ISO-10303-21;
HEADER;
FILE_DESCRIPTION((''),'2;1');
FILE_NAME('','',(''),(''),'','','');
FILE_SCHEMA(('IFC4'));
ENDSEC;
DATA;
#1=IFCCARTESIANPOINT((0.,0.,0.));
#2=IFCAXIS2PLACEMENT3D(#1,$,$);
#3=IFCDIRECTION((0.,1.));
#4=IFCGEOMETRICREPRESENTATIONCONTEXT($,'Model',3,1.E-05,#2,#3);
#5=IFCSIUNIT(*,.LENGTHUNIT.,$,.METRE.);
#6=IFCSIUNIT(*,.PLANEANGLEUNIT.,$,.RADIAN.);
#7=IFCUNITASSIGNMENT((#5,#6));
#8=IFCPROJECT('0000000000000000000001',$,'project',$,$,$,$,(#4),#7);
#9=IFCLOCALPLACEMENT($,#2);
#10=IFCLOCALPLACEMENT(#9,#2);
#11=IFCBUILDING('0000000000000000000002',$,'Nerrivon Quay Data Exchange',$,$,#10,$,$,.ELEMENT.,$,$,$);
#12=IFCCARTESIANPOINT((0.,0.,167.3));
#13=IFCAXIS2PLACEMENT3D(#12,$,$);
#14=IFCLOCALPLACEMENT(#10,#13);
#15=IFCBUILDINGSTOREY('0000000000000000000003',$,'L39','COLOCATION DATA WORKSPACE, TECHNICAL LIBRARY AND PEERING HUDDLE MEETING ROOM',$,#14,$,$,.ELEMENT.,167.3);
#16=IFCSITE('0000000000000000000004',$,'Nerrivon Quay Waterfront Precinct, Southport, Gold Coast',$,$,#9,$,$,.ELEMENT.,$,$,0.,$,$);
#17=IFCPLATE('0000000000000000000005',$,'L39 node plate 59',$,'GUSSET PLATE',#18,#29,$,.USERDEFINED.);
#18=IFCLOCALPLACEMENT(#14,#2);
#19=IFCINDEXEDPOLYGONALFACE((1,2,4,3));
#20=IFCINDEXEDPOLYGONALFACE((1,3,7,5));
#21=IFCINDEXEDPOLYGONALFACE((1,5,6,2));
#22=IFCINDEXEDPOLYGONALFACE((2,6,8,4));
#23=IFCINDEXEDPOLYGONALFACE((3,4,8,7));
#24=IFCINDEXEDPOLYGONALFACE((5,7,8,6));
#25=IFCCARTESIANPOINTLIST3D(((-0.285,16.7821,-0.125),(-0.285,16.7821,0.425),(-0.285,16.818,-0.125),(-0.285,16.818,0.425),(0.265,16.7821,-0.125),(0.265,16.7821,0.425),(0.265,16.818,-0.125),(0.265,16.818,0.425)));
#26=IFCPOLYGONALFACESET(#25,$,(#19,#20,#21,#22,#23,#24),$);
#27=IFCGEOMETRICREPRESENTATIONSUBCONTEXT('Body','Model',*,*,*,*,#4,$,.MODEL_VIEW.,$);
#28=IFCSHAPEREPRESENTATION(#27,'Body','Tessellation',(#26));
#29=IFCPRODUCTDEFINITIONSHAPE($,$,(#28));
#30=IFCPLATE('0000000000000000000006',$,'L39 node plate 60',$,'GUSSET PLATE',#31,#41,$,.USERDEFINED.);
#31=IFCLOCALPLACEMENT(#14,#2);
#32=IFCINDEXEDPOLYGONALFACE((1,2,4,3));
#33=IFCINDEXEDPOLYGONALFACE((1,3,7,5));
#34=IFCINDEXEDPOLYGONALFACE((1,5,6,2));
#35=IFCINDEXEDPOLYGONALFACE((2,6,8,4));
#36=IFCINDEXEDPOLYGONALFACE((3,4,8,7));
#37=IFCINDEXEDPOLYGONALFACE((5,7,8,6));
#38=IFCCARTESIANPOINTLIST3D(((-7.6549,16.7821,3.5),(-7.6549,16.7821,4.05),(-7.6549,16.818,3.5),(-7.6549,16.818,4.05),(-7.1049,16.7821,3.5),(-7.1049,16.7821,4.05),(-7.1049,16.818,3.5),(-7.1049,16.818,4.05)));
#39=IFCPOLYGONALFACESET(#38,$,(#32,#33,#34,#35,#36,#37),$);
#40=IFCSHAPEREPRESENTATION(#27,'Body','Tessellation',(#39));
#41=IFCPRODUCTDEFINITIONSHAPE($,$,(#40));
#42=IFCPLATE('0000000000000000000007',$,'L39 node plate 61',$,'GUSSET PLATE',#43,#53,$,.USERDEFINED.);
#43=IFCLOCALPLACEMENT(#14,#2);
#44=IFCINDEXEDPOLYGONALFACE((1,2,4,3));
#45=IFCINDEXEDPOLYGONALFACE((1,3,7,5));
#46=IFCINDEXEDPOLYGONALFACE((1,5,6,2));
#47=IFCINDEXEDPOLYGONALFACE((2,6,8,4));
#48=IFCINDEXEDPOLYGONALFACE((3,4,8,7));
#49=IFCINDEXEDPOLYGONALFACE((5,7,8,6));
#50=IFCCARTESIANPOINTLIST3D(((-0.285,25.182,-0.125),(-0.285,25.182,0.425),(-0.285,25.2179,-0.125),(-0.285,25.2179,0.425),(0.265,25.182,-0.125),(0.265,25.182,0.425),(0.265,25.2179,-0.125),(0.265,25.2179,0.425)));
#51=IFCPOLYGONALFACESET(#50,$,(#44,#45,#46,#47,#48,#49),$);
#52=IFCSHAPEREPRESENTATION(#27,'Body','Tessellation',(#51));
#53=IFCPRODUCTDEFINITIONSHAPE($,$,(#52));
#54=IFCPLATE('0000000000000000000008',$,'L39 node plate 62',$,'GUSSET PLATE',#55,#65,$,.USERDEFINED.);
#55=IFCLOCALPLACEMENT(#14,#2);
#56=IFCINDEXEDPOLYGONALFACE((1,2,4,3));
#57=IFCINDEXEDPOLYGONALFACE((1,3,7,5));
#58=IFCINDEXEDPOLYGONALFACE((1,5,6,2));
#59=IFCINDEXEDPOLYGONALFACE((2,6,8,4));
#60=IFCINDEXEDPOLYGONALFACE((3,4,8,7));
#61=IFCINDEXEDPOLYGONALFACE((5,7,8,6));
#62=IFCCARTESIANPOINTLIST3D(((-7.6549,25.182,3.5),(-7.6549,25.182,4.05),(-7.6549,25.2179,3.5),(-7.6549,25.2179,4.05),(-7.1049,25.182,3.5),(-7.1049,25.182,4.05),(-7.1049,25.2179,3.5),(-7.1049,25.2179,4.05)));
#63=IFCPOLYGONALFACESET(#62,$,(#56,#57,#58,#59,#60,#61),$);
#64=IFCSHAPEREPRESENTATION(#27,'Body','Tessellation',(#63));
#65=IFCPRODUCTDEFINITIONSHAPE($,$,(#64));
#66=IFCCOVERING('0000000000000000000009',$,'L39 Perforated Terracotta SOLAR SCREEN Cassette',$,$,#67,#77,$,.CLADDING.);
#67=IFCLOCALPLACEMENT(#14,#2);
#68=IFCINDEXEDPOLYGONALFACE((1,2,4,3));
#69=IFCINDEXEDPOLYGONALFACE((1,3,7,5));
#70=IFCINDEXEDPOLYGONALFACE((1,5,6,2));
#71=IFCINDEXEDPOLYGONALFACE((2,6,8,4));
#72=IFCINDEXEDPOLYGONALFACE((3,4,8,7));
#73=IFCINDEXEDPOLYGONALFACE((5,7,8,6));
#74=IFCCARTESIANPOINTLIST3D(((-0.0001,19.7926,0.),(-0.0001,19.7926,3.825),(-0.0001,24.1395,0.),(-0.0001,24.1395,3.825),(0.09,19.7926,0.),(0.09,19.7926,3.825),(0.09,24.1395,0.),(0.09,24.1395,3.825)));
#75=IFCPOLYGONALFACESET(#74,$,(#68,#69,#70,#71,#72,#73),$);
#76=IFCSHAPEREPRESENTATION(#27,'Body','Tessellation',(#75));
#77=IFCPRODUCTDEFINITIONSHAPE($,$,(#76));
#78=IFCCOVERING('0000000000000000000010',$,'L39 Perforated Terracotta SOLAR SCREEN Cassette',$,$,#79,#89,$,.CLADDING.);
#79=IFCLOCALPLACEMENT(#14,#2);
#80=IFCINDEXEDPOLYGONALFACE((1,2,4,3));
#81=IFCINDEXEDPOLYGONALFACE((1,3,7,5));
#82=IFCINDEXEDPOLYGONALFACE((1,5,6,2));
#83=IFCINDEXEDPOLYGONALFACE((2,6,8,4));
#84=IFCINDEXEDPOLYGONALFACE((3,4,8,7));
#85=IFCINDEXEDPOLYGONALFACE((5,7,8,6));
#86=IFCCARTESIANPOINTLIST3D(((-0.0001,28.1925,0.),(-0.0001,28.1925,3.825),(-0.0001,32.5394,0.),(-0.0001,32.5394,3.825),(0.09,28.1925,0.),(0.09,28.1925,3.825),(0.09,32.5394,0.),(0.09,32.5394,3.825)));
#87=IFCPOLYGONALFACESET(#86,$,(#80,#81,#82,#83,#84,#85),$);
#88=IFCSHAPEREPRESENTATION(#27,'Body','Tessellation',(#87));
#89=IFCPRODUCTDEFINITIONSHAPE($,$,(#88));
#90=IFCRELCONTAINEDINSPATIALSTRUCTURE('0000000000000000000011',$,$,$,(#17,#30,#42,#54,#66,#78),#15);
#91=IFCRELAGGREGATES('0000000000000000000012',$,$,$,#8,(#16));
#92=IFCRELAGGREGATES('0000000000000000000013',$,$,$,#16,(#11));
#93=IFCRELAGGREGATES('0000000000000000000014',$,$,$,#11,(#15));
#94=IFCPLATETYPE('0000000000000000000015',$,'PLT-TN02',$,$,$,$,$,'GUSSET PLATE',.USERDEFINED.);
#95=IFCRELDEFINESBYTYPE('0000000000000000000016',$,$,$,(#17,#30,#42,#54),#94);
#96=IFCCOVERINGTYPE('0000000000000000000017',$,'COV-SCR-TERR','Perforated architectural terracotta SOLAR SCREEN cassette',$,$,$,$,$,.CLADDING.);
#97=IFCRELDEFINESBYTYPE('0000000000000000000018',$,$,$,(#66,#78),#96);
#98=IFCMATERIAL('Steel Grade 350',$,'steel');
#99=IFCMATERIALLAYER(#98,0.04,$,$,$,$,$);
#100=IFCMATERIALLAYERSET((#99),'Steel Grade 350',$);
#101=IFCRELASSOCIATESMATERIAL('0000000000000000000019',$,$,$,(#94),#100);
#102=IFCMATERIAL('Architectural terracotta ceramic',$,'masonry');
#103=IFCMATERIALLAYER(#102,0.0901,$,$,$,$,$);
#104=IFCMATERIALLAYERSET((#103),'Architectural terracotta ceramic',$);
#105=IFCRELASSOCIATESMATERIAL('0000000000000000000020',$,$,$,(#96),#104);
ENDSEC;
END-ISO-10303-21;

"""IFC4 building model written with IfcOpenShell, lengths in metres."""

from ifc_helpers import new_model, si_unit, direction, frame, origin, origin_2d, place, context, subcontext, project, spatial, rectangle, extrude, material, layer, layer_set, type_object, element, save


model = new_model("IFC4")

# Units and contexts
model_context = context("Model", 3, precision=1e-05, world=origin(), true_north=direction((0.0, 1.0)))
body_context = subcontext(model_context, "Body", "Model", "MODEL_VIEW")
ifc_project = project(units=[si_unit("LENGTHUNIT", "METRE"), si_unit("PLANEANGLEUNIT", "RADIAN")], contexts=[model_context])

# Site, building, storey
site_placement = place(None, origin())
site = spatial("IfcSite", under=ifc_project, at=site_placement, Name="Nerrivon Quay Waterfront Precinct, Southport, Gold Coast", CompositionType="ELEMENT", RefElevation=0.0)
building_placement = place(site_placement, origin())
building = spatial("IfcBuilding", under=site, at=building_placement, Name="Nerrivon Quay Data Exchange", CompositionType="ELEMENT")
storey_placement = place(building_placement, frame((0.0, 0.0, 167.3)))
storey = spatial("IfcBuildingStorey", under=building, at=storey_placement, Name="L39", Description="COLOCATION DATA WORKSPACE, TECHNICAL LIBRARY AND PEERING HUDDLE MEETING ROOM", CompositionType="ELEMENT", Elevation=167.3)

# Shared definitions
ifc_material_1 = material(Name="Steel Grade 350", Category="steel")

# Plates
ifc_layer_1 = layer(ifc_material_1, 0.04)
ifc_layer_set_1 = layer_set([ifc_layer_1], Name="Steel Grade 350")
plate_type_1 = type_object("IfcPlateType", Name="PLT-TN02", ElementType="GUSSET PLATE", PredefinedType="USERDEFINED", material=ifc_layer_set_1)
for number, where, z_axis, x_axis, name in (
    (1, (-0.01, 16.8, -0.125), (0.0, 0.0, 1.0), (1.0, 0.0, 0.0), "L39 node plate 59"),
    (2, (-7.3799, 16.8, 3.5), (0.0, 0.0, 1.0), (1.0, 0.0, 0.0), "L39 node plate 60"),
    (3, (-0.01, 25.2, -0.125), (0.0, 0.0, 1.0), (1.0, 0.0, 0.0), "L39 node plate 61"),
    (4, (-7.3799, 25.2, 3.5), (0.0, 0.0, 1.0), (1.0, 0.0, 0.0), "L39 node plate 62"),
):
    element("IfcPlate", number, at=place(storey_placement, frame(where, z_axis=z_axis, x_axis=x_axis)), inside=storey, type_object=plate_type_1, Name=name, ObjectType="GUSSET PLATE", PredefinedType="USERDEFINED", context=body_context, shape_type="SweptSolid", body=[
        extrude(rectangle(XDim=0.55, YDim=0.0359, at=origin_2d()), origin(), (0.0, 0.0, 1.0), 0.55),
    ])

# Coverings
ifc_material_2 = material(Name="Architectural terracotta ceramic", Category="masonry")
ifc_layer_2 = layer(ifc_material_2, 0.0901)
ifc_layer_set_2 = layer_set([ifc_layer_2], Name="Architectural terracotta ceramic")
covering_type = type_object("IfcCoveringType", Name="COV-SCR-TERR", Description="Perforated architectural terracotta SOLAR SCREEN cassette", PredefinedType="CLADDING", material=ifc_layer_set_2)
for number, where, z_axis, x_axis, name in (
    (5, (0.0449, 21.9661, 0.0), (0.0, 0.0, 1.0), (0.0, 1.0, 0.0), "L39 Perforated Terracotta SOLAR SCREEN Cassette"),
    (6, (0.0449, 30.366, 0.0), (0.0, 0.0, 1.0), (0.0, 1.0, 0.0), "L39 Perforated Terracotta SOLAR SCREEN Cassette"),
):
    element("IfcCovering", number, at=place(storey_placement, frame(where, z_axis=z_axis, x_axis=x_axis)), inside=storey, type_object=covering_type, Name=name, PredefinedType="CLADDING", context=body_context, shape_type="SweptSolid", body=[
        extrude(rectangle(XDim=4.3469, YDim=0.0901, at=origin_2d()), origin(), (0.0, 0.0, 1.0), 3.825),
    ])

save(model, "model.ifc")
